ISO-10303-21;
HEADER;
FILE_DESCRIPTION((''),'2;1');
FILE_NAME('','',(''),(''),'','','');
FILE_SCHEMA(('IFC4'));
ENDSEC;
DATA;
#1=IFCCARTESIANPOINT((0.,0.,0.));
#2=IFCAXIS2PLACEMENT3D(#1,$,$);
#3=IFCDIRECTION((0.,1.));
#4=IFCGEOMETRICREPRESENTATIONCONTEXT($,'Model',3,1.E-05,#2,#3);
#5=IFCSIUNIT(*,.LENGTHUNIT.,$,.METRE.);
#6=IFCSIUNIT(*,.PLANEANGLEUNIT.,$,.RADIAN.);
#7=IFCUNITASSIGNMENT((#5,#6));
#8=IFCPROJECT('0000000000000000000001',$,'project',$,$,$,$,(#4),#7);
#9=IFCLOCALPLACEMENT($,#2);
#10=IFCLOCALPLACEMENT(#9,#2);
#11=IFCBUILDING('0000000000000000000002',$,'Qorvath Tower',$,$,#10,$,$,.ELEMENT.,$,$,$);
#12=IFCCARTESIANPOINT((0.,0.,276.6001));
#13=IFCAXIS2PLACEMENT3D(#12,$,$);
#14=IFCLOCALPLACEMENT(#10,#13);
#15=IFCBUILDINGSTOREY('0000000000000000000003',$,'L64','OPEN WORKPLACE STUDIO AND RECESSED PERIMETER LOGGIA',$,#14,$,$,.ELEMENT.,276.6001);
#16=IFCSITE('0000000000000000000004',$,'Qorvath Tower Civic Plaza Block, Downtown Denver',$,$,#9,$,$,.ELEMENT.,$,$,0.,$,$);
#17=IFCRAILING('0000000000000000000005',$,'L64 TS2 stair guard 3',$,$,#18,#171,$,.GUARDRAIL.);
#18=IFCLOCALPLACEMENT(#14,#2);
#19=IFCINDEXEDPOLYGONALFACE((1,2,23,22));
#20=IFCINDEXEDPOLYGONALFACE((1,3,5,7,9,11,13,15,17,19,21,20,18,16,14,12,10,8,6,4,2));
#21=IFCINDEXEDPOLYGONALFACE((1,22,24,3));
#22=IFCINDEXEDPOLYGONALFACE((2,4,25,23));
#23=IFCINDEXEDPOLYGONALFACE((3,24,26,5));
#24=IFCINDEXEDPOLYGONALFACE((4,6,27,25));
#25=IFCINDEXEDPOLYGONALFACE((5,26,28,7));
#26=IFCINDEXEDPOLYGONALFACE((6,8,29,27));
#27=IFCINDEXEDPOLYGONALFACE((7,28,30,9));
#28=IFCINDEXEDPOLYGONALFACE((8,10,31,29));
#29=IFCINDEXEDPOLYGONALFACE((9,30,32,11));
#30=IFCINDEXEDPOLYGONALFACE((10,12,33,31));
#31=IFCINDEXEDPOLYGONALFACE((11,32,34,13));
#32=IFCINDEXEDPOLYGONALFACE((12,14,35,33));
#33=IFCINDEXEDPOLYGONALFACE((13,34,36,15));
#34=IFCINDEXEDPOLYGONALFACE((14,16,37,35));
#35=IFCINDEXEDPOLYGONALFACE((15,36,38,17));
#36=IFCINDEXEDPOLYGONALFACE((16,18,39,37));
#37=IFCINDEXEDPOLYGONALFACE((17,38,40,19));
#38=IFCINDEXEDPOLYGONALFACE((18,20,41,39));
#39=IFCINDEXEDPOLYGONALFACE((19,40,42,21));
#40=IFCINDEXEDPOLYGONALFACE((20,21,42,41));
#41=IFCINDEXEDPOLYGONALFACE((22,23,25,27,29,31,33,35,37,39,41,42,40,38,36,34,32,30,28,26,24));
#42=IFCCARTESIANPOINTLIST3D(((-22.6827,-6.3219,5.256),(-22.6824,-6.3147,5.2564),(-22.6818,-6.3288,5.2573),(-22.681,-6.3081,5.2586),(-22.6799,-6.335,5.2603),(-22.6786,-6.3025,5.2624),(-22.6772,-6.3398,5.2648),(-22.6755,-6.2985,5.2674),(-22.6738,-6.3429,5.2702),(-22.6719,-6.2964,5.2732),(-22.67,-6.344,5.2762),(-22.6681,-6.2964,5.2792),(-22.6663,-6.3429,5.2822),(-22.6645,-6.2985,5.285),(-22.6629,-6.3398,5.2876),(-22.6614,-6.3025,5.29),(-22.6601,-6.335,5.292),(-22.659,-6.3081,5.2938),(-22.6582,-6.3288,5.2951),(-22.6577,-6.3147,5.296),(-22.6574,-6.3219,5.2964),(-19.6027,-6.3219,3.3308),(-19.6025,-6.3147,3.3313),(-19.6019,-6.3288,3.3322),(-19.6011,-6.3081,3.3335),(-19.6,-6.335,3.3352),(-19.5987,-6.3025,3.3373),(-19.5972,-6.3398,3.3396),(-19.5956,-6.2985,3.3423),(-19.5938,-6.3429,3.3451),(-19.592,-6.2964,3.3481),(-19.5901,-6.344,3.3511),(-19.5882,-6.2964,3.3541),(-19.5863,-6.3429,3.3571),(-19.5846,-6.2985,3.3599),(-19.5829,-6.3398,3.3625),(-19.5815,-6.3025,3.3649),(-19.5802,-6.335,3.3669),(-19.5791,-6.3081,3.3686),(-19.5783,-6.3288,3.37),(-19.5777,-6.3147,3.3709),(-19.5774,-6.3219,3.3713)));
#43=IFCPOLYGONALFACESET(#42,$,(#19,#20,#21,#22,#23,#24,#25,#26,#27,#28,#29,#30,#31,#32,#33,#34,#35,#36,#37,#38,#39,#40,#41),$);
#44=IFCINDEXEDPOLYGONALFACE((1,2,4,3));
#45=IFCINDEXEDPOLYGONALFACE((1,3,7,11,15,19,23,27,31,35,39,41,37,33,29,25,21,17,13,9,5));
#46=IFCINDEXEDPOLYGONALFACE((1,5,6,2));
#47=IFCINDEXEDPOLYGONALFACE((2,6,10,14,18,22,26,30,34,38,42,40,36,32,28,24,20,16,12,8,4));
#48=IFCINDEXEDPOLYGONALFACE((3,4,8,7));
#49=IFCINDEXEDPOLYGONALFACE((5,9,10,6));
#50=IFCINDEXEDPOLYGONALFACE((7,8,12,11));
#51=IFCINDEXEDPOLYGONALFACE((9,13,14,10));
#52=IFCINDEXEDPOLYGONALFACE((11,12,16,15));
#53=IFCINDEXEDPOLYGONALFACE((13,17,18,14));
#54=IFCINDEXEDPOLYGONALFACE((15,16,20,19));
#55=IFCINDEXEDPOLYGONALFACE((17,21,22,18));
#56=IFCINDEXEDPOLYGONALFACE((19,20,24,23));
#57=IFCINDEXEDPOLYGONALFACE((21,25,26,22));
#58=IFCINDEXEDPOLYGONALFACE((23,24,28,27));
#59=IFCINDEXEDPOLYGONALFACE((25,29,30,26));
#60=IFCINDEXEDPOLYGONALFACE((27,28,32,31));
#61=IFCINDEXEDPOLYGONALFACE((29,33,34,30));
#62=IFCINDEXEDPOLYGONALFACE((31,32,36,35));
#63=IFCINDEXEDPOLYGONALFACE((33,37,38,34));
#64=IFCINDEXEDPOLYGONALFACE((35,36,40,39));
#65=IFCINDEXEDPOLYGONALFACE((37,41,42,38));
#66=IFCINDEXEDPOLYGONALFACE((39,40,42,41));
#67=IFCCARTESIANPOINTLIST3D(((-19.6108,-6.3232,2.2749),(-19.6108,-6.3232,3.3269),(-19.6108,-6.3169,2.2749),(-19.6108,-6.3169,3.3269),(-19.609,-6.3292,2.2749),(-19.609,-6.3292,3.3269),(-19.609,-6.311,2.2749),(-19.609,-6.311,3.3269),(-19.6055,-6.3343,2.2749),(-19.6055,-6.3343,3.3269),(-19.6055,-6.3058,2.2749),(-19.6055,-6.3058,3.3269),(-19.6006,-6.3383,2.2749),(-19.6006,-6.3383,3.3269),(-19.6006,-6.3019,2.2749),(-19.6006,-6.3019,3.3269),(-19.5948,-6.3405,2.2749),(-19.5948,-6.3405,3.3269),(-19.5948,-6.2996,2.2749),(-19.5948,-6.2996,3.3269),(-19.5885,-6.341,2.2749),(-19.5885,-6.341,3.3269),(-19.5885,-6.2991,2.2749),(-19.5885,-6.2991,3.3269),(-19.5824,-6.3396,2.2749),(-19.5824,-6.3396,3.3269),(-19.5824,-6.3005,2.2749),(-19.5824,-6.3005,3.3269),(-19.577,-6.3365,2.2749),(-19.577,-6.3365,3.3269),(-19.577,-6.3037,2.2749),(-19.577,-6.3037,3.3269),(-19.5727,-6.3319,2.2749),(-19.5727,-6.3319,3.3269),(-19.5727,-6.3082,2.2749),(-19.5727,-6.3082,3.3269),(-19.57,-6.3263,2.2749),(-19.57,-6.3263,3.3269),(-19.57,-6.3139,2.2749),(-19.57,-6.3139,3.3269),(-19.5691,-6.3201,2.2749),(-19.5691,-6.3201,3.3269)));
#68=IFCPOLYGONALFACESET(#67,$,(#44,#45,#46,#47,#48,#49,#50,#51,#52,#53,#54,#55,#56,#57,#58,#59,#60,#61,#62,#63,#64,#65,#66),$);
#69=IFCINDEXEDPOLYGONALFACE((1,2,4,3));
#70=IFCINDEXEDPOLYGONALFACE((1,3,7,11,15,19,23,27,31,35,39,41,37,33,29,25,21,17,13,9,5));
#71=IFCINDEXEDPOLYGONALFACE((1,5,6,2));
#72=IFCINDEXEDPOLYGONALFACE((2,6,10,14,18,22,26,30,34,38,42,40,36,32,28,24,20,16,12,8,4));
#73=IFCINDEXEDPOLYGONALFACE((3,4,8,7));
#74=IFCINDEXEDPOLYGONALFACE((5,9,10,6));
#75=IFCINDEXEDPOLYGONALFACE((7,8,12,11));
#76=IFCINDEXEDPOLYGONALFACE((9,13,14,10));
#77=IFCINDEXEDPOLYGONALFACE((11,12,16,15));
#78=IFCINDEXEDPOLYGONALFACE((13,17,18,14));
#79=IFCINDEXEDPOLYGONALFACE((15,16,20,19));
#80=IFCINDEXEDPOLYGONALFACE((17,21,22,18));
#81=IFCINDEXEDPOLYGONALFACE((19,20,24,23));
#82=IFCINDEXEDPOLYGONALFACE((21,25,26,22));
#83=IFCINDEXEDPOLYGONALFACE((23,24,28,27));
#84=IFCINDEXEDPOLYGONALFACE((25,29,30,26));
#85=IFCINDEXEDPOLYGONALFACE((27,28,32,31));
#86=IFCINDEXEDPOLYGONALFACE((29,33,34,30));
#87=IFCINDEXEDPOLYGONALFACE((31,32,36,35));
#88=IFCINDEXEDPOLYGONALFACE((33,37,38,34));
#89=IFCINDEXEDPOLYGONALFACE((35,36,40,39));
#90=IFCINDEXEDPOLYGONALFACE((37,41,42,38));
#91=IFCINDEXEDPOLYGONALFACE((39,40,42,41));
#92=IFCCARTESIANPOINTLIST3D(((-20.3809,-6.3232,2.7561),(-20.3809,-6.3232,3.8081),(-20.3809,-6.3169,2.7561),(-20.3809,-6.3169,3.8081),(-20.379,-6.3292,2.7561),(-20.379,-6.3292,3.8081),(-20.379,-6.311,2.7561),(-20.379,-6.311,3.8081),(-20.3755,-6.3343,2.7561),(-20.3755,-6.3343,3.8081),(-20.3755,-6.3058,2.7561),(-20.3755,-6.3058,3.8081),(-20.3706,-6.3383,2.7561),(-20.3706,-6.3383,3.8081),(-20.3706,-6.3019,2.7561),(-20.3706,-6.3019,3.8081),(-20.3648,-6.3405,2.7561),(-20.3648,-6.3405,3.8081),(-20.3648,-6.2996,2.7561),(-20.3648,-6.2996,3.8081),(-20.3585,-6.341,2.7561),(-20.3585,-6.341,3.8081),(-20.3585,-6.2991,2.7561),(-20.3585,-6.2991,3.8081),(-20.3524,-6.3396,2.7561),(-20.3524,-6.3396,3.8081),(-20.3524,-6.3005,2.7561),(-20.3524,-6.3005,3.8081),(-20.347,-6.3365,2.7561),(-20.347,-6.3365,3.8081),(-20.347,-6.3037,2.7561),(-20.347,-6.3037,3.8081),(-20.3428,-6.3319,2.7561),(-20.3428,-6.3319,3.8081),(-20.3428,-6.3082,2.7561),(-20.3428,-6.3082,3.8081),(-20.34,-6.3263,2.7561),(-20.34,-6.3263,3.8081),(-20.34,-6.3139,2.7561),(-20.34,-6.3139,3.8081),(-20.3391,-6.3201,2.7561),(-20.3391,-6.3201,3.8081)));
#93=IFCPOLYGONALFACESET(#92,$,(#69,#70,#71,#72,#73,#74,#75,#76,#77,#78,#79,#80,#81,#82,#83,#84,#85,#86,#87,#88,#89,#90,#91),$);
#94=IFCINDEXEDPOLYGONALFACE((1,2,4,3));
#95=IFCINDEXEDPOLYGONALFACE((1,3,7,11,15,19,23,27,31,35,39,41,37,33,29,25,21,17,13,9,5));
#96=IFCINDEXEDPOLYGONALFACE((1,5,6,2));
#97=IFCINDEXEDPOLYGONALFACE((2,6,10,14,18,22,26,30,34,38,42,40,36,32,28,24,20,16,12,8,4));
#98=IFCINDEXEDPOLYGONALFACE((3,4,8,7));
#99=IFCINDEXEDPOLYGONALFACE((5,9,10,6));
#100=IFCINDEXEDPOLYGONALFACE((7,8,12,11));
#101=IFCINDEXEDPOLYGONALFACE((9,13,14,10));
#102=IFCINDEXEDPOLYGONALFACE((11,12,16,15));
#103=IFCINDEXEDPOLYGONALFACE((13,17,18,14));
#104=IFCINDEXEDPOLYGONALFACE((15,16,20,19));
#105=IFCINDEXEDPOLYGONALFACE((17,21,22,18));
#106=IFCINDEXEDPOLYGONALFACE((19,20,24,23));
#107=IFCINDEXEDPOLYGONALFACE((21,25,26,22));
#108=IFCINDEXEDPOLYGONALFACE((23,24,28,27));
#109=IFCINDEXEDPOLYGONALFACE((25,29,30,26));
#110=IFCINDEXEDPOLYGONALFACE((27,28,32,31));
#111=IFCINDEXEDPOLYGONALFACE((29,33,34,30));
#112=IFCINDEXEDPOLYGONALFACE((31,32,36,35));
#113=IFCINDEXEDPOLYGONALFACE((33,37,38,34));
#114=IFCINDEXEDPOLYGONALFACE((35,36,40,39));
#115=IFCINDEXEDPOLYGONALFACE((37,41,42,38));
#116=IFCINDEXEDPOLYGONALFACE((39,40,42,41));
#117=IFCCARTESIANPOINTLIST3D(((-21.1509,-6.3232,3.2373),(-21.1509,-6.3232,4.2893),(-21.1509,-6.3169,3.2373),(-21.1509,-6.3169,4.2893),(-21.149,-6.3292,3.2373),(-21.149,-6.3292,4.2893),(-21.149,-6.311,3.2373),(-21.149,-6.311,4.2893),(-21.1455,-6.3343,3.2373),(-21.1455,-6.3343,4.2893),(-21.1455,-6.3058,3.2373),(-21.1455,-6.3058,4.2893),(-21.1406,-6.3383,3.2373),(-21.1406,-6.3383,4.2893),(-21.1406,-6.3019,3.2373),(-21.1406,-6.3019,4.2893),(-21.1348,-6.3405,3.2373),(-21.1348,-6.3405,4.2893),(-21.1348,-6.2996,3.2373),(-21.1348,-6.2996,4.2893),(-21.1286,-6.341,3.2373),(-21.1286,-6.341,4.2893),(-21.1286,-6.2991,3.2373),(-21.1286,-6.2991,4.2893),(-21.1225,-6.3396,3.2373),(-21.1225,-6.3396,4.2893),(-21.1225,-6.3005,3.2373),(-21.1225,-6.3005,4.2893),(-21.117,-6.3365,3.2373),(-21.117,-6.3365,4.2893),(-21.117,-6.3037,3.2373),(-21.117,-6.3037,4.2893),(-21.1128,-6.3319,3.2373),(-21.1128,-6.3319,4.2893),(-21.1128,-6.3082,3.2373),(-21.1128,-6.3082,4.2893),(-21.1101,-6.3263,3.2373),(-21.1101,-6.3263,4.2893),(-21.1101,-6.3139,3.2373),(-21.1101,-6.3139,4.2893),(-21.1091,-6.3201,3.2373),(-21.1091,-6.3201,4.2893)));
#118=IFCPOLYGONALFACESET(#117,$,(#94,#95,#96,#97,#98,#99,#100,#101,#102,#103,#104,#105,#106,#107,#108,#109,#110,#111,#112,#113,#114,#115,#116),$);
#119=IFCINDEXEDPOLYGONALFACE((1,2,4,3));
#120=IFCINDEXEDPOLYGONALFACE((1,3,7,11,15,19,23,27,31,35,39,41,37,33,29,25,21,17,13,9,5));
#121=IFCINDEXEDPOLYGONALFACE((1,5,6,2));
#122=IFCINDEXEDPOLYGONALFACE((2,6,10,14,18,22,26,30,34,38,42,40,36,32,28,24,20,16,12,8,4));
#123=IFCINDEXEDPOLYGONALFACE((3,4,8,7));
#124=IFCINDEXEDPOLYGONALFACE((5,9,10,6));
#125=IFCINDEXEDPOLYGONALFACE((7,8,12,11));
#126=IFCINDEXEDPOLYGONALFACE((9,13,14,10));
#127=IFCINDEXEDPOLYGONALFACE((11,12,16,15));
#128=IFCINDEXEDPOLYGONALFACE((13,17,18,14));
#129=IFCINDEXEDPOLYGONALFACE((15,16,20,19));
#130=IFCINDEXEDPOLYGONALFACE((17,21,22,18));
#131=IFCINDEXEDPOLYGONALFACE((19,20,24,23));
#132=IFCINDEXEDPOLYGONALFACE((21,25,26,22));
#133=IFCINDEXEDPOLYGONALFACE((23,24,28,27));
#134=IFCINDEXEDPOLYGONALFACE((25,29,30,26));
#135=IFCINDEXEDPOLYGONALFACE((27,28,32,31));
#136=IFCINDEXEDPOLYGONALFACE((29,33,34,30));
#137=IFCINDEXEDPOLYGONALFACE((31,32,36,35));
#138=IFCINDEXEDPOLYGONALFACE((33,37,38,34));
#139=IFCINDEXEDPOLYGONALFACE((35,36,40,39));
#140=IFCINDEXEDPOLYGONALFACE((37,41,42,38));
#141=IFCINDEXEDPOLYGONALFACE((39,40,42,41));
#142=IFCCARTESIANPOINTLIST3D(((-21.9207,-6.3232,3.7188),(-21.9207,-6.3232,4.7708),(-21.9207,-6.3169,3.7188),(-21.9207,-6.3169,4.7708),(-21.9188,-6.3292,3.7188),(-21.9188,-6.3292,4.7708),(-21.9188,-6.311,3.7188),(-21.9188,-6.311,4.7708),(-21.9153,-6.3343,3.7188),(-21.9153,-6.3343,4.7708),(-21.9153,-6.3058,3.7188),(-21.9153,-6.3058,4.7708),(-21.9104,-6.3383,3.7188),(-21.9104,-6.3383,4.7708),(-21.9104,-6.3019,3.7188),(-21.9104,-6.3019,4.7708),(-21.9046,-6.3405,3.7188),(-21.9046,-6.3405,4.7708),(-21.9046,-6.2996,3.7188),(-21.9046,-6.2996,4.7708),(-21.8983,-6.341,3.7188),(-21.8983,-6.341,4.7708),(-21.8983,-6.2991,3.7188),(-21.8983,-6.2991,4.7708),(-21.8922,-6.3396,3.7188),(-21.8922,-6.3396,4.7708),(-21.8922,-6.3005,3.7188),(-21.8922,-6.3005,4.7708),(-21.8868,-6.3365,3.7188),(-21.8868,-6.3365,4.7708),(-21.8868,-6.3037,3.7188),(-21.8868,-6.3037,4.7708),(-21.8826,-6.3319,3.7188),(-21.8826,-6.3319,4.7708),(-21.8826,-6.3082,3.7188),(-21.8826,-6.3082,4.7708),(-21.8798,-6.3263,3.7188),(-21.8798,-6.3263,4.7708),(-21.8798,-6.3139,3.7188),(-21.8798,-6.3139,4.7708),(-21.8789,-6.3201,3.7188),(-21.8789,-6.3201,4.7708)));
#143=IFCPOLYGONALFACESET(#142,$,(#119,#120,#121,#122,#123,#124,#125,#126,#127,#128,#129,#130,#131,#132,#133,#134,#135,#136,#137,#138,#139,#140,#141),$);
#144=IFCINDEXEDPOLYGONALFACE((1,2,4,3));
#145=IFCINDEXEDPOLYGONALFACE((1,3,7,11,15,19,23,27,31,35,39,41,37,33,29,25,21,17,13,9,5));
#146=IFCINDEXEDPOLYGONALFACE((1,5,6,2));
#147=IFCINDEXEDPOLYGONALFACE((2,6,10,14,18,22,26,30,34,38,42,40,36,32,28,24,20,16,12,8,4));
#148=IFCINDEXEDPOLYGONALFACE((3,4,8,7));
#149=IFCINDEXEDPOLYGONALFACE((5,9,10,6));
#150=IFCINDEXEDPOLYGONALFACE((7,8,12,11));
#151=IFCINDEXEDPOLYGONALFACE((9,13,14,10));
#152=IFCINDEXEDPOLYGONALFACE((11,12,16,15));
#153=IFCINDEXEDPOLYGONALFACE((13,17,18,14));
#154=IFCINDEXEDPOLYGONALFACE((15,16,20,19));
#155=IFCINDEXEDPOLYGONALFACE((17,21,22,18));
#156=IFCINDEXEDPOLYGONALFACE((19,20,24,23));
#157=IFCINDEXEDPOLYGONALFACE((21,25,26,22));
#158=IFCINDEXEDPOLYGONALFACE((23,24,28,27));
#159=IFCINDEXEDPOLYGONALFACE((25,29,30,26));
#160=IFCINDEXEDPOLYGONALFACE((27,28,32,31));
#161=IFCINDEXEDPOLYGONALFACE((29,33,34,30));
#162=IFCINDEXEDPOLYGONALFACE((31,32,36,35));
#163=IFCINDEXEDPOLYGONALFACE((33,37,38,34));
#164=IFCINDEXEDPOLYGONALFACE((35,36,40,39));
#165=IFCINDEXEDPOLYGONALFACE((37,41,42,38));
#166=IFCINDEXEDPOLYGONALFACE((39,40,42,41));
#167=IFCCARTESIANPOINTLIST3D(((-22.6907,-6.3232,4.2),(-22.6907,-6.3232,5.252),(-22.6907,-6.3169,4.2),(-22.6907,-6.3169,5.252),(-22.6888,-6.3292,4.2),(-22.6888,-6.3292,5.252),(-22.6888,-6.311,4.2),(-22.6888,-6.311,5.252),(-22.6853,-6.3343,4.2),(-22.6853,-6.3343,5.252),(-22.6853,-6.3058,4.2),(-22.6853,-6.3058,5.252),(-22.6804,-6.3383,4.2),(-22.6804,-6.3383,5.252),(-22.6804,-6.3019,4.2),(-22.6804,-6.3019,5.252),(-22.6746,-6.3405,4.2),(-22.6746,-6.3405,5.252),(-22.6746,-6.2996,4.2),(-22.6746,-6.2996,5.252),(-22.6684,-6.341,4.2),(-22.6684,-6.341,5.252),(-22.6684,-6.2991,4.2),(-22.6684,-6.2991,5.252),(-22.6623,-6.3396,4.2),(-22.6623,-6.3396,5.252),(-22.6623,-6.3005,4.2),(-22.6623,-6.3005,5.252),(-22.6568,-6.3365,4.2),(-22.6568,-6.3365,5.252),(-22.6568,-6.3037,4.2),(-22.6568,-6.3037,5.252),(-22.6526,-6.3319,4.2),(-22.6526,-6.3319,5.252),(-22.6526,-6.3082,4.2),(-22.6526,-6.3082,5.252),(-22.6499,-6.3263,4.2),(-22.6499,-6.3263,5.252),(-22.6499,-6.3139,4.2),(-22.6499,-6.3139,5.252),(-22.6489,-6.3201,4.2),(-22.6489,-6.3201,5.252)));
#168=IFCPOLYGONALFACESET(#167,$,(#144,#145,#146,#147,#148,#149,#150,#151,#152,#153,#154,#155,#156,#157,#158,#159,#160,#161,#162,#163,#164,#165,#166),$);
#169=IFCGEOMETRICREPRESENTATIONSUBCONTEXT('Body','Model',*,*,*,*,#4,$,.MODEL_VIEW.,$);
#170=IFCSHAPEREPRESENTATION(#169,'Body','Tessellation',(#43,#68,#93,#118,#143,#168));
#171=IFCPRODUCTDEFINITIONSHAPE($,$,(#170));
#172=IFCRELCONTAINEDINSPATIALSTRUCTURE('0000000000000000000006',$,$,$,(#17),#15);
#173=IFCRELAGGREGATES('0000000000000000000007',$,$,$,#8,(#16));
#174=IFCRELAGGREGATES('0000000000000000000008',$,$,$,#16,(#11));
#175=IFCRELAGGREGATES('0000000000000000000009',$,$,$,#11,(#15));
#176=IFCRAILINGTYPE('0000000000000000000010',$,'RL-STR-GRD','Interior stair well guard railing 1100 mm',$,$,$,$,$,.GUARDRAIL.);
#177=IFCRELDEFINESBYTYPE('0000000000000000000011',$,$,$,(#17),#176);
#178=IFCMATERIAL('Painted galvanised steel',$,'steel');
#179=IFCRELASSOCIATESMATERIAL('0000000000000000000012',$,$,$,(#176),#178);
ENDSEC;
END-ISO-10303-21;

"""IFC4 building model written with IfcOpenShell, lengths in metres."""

from ifc_helpers import new_model, si_unit, direction, frame, origin, origin_2d, place, context, subcontext, project, spatial, circle, extrude, material, type_object, element, save


model = new_model("IFC4")

# Units and contexts
model_context = context("Model", 3, precision=1e-05, world=origin(), true_north=direction((0.0, 1.0)))
body_context = subcontext(model_context, "Body", "Model", "MODEL_VIEW")
ifc_project = project(units=[si_unit("LENGTHUNIT", "METRE"), si_unit("PLANEANGLEUNIT", "RADIAN")], contexts=[model_context])

# Site, building, storey
site_placement = place(None, origin())
site = spatial("IfcSite", under=ifc_project, at=site_placement, Name="Qorvath Tower Civic Plaza Block, Downtown Denver", CompositionType="ELEMENT", RefElevation=0.0)
building_placement = place(site_placement, origin())
building = spatial("IfcBuilding", under=site, at=building_placement, Name="Qorvath Tower", CompositionType="ELEMENT")
storey_placement = place(building_placement, frame((0.0, 0.0, 276.6001)))
storey = spatial("IfcBuildingStorey", under=building, at=storey_placement, Name="L64", Description="OPEN WORKPLACE STUDIO AND RECESSED PERIMETER LOGGIA", CompositionType="ELEMENT", Elevation=276.6001)

# Railing
ifc_material_1 = material(Name="Painted galvanised steel", Category="steel")
railing_type = type_object("IfcRailingType", Name="RL-STR-GRD", Description="Interior stair well guard railing 1100 mm", PredefinedType="GUARDRAIL", material=ifc_material_1)
railing_1_placement = place(storey_placement, frame((-19.5901, -6.3201, 2.2749)))
element("IfcRailing", 1, at=railing_1_placement, inside=storey, type_object=railing_type, Name="L64 TS2 stair guard 3", PredefinedType="GUARDRAIL", context=body_context, shape_type="SweptSolid", body=[
    extrude(circle(Radius=0.0239, at=origin_2d()), frame((0.0, 0.0, 1.0762), z_axis=(-0.847979, 0.0, 0.530029), x_axis=(0.0, -1.0, 0.0)), (0.0, 0.0, 1.0), 3.6321),
    extrude(circle(Radius=0.021, at=origin_2d()), origin(), (0.0, 0.0, 1.0), 1.052),
    extrude(circle(Radius=0.021, at=origin_2d()), frame((-0.77, 0.0, 0.4812)), (0.0, 0.0, 1.0), 1.052),
    extrude(circle(Radius=0.021, at=origin_2d()), frame((-1.54, 0.0, 0.9624)), (0.0, 0.0, 1.0), 1.052),
    extrude(circle(Radius=0.021, at=origin_2d()), frame((-2.3098, 0.0, 1.4438)), (0.0, 0.0, 1.0), 1.052),
    extrude(circle(Radius=0.021, at=origin_2d()), frame((-3.0798, 0.0, 1.925)), (0.0, 0.0, 1.0), 1.052),
])

save(model, "model.ifc")
